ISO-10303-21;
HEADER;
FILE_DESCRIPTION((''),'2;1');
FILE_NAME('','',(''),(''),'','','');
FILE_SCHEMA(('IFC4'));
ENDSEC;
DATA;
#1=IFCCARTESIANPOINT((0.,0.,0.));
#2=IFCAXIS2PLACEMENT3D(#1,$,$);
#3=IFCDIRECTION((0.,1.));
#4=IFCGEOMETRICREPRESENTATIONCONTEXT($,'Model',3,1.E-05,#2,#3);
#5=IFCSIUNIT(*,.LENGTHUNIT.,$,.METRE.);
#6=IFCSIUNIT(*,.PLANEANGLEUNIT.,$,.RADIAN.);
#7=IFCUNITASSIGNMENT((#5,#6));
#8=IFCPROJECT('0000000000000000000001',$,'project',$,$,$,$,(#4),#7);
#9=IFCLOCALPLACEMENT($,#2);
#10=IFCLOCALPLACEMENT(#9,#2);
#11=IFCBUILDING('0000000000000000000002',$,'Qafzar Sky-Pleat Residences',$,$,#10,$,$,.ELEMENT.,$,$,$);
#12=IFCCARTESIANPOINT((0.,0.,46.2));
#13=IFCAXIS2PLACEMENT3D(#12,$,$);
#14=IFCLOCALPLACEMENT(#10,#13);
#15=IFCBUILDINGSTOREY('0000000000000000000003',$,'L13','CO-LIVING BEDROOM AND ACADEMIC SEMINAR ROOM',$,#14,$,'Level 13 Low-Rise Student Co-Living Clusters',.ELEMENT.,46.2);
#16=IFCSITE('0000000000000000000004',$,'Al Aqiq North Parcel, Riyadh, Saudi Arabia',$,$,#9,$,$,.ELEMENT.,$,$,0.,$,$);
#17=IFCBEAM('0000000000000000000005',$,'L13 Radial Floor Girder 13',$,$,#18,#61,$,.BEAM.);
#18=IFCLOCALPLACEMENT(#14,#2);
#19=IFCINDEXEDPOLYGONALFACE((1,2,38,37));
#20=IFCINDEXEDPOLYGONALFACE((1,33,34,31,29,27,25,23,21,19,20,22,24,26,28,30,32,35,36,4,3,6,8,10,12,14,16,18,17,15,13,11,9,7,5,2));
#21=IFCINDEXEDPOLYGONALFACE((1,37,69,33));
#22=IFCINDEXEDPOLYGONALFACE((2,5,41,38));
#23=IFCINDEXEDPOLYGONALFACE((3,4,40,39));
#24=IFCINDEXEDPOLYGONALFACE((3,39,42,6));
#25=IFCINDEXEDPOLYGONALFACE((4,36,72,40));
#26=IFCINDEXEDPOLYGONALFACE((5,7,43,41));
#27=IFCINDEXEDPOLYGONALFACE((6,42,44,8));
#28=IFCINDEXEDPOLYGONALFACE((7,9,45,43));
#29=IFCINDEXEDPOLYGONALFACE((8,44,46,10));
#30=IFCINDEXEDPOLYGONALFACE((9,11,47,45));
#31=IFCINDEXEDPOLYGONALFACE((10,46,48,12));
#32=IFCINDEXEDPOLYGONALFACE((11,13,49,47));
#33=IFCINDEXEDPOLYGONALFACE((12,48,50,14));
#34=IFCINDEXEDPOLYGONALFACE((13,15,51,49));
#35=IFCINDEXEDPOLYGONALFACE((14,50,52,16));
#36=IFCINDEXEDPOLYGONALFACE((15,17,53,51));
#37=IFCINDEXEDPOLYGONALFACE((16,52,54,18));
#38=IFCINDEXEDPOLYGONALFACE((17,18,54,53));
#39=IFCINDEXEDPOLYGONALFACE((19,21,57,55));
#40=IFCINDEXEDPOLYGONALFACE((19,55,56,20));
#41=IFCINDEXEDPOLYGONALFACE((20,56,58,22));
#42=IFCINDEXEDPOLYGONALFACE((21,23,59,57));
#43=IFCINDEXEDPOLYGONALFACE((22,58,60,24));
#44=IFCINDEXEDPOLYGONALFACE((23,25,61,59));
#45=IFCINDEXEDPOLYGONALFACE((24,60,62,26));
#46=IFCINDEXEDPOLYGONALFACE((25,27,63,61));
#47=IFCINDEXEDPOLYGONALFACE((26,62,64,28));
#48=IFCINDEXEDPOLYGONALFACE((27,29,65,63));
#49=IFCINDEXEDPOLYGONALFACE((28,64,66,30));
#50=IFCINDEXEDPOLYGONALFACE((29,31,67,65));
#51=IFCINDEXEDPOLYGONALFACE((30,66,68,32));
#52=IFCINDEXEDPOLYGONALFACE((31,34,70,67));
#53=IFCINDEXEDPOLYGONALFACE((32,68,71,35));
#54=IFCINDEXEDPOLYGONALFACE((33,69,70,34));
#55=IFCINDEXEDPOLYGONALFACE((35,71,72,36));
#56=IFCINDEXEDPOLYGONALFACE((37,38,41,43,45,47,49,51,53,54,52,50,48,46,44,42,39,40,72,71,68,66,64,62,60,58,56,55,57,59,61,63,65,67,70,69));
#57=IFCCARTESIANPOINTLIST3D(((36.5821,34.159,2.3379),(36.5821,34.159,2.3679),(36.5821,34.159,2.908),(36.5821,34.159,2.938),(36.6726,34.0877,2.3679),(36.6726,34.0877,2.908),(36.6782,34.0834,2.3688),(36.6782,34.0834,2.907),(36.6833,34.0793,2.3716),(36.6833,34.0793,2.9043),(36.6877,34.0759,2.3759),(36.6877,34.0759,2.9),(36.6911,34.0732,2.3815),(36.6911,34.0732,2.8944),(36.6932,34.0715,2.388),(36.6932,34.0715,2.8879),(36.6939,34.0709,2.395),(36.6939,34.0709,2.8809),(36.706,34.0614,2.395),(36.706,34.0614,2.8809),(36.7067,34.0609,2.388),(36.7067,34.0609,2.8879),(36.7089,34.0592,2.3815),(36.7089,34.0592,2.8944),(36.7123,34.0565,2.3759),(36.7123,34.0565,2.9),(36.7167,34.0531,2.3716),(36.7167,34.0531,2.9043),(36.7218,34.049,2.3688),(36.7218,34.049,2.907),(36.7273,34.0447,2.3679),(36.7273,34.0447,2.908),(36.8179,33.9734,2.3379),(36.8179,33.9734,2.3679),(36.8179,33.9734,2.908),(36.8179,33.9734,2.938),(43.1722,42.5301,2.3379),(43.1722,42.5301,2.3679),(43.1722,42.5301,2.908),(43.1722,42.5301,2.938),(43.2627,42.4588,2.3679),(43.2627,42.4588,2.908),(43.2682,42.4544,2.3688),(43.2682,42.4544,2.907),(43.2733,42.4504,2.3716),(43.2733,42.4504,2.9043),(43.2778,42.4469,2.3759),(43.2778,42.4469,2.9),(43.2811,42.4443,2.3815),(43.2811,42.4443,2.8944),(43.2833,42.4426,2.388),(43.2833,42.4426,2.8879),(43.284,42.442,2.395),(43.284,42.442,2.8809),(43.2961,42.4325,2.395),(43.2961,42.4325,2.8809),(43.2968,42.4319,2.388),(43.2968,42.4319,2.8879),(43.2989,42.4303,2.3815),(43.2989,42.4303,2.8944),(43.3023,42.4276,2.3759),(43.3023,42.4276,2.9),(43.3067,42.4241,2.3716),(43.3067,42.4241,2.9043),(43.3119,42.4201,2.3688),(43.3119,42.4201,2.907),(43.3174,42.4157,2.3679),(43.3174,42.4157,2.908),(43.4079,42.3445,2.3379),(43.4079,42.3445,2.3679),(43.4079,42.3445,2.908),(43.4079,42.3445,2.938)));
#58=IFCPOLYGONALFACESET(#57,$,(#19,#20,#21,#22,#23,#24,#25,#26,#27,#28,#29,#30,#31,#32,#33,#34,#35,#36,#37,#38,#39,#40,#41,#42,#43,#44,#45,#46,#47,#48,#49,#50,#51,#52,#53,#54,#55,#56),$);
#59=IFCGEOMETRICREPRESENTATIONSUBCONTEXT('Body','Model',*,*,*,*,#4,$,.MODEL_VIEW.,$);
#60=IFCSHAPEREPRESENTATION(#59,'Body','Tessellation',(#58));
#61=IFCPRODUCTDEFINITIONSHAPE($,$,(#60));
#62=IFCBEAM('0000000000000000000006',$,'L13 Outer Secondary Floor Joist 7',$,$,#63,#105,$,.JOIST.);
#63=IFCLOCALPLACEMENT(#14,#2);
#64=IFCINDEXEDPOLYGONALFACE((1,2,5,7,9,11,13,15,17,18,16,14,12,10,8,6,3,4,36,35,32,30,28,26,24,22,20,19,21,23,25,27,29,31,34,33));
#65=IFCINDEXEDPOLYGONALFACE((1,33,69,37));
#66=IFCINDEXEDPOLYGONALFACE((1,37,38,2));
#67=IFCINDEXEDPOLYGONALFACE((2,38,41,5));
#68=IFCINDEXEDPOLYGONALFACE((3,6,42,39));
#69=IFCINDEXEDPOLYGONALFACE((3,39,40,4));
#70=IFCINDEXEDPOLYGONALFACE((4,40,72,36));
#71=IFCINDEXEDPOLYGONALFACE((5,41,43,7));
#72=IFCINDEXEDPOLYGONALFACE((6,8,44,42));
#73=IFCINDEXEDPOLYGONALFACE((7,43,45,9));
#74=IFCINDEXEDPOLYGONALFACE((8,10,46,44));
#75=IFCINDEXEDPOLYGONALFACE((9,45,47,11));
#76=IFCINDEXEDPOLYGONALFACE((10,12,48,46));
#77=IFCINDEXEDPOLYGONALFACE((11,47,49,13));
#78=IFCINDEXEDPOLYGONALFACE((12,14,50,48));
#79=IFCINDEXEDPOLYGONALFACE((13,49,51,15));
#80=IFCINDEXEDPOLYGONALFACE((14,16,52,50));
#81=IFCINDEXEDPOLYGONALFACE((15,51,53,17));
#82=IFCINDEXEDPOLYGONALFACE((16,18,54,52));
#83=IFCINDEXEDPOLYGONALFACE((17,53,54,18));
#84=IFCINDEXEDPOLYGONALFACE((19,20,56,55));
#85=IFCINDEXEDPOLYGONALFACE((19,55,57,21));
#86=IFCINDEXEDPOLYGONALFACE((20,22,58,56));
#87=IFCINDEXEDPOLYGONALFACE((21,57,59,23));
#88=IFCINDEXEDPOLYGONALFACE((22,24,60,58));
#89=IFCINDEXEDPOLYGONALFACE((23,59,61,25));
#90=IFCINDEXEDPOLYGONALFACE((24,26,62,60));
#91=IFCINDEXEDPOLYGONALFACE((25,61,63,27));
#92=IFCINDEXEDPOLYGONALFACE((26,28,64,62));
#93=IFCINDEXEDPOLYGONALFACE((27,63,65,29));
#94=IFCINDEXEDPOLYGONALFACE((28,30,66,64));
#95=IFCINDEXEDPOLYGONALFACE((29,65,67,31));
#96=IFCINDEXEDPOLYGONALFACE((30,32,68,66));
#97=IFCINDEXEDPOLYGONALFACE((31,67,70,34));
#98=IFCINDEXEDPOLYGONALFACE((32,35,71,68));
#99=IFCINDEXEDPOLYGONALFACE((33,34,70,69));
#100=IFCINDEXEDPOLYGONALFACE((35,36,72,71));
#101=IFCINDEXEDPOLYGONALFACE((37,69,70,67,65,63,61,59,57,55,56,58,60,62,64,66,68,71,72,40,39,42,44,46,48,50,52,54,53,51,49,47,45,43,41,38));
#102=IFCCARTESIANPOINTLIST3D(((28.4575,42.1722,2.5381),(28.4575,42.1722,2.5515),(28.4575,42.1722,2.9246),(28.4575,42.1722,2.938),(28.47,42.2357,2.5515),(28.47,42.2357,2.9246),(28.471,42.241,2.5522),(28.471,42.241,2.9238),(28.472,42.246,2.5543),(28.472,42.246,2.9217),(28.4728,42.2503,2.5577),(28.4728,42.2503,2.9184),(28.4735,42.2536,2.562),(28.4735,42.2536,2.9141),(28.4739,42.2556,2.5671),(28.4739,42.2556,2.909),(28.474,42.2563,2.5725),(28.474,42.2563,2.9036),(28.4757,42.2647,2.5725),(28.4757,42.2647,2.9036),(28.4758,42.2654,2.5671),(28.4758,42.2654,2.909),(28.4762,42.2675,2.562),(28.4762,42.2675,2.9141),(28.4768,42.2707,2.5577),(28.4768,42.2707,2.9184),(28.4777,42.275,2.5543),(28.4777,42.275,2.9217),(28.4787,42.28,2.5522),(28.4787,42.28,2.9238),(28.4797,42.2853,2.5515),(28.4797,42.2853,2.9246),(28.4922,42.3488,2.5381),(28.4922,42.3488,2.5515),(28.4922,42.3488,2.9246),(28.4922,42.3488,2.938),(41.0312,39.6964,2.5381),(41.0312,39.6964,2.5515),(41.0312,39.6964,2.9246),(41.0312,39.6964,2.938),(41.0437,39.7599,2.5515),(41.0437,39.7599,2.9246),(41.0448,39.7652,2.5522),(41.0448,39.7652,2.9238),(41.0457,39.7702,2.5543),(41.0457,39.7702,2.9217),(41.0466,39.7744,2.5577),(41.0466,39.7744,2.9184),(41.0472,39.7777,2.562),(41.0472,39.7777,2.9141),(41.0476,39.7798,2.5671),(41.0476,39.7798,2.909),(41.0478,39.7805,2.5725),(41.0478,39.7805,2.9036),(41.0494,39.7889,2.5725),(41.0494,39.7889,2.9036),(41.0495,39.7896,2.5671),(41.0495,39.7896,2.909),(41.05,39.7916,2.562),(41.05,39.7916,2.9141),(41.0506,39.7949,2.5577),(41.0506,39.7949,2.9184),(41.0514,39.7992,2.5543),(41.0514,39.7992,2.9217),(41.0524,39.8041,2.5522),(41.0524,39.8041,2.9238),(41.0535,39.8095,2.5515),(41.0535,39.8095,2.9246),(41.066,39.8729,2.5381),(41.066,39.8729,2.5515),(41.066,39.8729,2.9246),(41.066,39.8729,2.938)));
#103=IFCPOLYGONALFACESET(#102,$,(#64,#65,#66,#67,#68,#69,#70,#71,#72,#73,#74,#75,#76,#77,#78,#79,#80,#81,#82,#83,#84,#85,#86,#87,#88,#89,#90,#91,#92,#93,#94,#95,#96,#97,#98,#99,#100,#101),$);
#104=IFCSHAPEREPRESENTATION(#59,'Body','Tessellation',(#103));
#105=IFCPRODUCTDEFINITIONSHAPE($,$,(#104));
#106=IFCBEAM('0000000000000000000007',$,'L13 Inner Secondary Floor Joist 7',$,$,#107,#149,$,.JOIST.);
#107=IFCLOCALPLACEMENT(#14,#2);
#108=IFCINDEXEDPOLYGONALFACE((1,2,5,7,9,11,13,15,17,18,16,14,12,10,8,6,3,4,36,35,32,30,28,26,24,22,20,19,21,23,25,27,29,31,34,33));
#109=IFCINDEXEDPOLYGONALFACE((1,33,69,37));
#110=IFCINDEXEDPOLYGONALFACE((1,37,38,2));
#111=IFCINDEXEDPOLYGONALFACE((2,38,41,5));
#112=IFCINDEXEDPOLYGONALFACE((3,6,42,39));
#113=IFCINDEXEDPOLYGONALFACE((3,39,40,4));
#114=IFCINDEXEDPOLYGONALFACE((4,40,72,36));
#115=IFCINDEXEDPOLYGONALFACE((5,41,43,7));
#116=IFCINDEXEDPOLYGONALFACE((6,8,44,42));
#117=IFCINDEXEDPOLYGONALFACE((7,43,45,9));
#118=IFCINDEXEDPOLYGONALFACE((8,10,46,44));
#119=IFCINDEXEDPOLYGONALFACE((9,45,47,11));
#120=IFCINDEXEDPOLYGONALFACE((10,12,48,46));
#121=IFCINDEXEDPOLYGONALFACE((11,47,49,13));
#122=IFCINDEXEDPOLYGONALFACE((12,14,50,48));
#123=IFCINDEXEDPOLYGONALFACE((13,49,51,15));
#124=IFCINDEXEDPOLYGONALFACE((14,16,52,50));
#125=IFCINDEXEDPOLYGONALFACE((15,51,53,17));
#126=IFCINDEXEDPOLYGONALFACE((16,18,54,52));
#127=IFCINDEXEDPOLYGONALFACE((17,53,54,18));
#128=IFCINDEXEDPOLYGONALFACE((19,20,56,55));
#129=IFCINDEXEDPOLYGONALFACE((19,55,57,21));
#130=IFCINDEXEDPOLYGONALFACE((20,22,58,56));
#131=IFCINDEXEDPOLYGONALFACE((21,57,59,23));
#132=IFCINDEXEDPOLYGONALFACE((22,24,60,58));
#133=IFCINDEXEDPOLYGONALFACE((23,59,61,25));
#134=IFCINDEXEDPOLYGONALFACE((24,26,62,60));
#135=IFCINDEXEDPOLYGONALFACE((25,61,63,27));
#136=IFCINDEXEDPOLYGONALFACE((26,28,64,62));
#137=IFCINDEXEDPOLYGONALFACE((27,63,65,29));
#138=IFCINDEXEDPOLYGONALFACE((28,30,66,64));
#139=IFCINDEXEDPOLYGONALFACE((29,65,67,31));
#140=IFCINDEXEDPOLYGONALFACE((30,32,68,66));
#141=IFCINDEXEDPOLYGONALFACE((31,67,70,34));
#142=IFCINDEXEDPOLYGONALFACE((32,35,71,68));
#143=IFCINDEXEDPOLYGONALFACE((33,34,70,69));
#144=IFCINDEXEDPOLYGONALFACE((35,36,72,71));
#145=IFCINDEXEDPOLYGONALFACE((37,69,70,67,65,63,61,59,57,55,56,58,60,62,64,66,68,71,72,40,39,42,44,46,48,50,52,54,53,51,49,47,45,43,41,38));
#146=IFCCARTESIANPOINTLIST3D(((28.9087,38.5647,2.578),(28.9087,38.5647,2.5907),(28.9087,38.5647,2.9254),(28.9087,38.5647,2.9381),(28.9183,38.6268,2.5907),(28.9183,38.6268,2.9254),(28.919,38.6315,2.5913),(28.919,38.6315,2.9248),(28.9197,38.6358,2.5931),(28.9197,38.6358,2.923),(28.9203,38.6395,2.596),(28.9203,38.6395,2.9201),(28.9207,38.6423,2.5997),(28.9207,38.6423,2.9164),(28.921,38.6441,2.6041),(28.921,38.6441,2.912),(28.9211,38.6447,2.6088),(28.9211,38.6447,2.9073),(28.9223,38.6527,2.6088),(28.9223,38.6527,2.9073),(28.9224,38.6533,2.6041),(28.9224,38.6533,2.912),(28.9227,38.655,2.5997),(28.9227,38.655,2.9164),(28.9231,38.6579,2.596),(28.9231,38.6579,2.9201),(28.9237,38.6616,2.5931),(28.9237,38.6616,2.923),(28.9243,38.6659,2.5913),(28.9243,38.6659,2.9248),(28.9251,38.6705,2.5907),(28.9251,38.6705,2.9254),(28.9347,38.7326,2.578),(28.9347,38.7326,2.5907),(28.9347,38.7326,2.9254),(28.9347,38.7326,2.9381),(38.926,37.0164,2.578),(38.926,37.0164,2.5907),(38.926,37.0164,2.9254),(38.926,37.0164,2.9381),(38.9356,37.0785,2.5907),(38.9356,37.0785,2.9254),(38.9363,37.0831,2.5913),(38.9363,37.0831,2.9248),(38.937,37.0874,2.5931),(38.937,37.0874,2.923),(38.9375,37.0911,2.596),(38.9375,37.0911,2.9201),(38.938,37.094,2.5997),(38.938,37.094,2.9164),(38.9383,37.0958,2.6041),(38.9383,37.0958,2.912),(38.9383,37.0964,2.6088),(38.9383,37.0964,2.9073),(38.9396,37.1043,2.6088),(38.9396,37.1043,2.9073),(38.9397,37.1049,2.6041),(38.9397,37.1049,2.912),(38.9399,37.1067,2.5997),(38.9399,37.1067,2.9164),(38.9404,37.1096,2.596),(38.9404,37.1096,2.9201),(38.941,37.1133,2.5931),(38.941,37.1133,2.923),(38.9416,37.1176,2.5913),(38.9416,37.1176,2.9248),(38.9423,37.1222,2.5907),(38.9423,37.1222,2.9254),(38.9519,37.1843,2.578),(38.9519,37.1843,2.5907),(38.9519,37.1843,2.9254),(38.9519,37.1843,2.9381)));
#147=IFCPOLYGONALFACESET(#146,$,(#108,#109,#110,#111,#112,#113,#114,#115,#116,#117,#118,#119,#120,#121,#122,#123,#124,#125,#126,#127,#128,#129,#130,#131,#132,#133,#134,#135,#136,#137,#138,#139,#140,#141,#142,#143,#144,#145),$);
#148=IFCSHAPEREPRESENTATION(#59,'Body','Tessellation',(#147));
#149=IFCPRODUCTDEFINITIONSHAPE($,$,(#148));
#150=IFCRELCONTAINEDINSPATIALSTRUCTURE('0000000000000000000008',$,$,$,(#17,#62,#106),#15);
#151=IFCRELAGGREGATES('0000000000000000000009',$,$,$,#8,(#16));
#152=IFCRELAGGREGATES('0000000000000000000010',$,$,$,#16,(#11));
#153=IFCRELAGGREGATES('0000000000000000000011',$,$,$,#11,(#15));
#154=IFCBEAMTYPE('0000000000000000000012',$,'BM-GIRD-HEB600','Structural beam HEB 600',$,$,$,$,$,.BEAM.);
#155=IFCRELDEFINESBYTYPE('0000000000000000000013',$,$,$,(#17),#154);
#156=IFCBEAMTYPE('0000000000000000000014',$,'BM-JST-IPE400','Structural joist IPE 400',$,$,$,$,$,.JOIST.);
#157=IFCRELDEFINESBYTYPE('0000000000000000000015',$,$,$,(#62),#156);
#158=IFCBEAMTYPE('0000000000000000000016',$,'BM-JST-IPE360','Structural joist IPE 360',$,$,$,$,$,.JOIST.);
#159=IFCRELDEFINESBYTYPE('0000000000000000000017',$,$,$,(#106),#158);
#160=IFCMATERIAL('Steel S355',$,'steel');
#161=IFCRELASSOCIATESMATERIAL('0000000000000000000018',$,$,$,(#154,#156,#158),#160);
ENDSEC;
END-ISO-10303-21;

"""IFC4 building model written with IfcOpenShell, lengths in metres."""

from ifc_helpers import new_model, si_unit, direction, frame, origin, origin_2d, place, context, subcontext, project, spatial, i_section, extrude, source, transform, mapped, material, material_profile, profile_set, type_object, element, save


model = new_model("IFC4")

# Units and contexts
model_context = context("Model", 3, precision=1e-05, world=origin(), true_north=direction((0.0, 1.0)))
body_context = subcontext(model_context, "Body", "Model", "MODEL_VIEW")
ifc_project = project(units=[si_unit("LENGTHUNIT", "METRE"), si_unit("PLANEANGLEUNIT", "RADIAN")], contexts=[model_context])

# Site, building, storey
site_placement = place(None, origin())
site = spatial("IfcSite", under=ifc_project, at=site_placement, Name="Al Aqiq North Parcel, Riyadh, Saudi Arabia", CompositionType="ELEMENT", RefElevation=0.0)
building_placement = place(site_placement, origin())
building = spatial("IfcBuilding", under=site, at=building_placement, Name="Qafzar Sky-Pleat Residences", CompositionType="ELEMENT")
storey_placement = place(building_placement, frame((0.0, 0.0, 46.2)))
storey = spatial("IfcBuildingStorey", under=building, at=storey_placement, Name="L13", Description="CO-LIVING BEDROOM AND ACADEMIC SEMINAR ROOM", LongName="Level 13 Low-Rise Student Co-Living Clusters", CompositionType="ELEMENT", Elevation=46.2)

# Beams
ifc_material_1 = material(Name="Steel S355", Category="steel")
ifc_material_profile_1 = material_profile(ifc_material_1, i_section(OverallWidth=0.3, OverallDepth=0.6001, WebThickness=0.0154, FlangeThickness=0.03, FilletRadius=0.0271, at=origin_2d()), Name="HEB 600")
ifc_profile_set_1 = profile_set([ifc_material_profile_1], Name="Steel S355")
beam_type_1 = type_object("IfcBeamType", Name="BM-GIRD-HEB600", Description="Structural beam HEB 600", PredefinedType="BEAM", material=ifc_profile_set_1)
shared_shape_1 = source(origin(), body_context, "Body", "SweptSolid", [
    extrude(i_section(OverallWidth=0.3, OverallDepth=0.6001, WebThickness=0.0154, FlangeThickness=0.03, FilletRadius=0.0271, at=origin_2d()), origin(), (0.0, 0.0, 1.0), 10.6538),
])
beam_1_placement = place(storey_placement, frame((43.29, 42.4373, 2.6379), z_axis=(-0.618564, -0.785734, 0.0), x_axis=(0.785734, -0.618564, 0.0)))
element("IfcBeam", 1, at=beam_1_placement, inside=storey, type_object=beam_type_1, Name="L13 Radial Floor Girder 13", PredefinedType="BEAM", context=body_context, shape_type="MappedRepresentation", body=[
    mapped(shared_shape_1, transform((0.0, 0.0, 0.0), x_axis=(1.0, 0.0, 0.0), y_axis=(0.0, 1.0, 0.0), z_axis=(0.0, 0.0, 1.0), scale=1.0)),
])
ifc_material_profile_2 = material_profile(ifc_material_1, i_section(OverallWidth=0.1799, OverallDepth=0.3999, WebThickness=0.0085, FlangeThickness=0.0134, FilletRadius=0.021, at=origin_2d()), Name="IPE 400")
ifc_profile_set_2 = profile_set([ifc_material_profile_2], Name="Steel S355")
beam_type_2 = type_object("IfcBeamType", Name="BM-JST-IPE400", Description="Structural joist IPE 400", PredefinedType="JOIST", material=ifc_profile_set_2)
shared_shape_2 = source(origin(), body_context, "Body", "SweptSolid", [
    extrude(i_section(OverallWidth=0.1799, OverallDepth=0.3999, WebThickness=0.0085, FlangeThickness=0.0134, FilletRadius=0.021, at=origin_2d()), origin(), (0.0, 0.0, 1.0), 12.8152),
])
beam_2_placement = place(storey_placement, frame((41.0486, 39.7847, 2.738), z_axis=(-0.98116, 0.193195, 0.0), x_axis=(-0.193195, -0.98116, 0.0)))
element("IfcBeam", 2, at=beam_2_placement, inside=storey, type_object=beam_type_2, Name="L13 Outer Secondary Floor Joist 7", PredefinedType="JOIST", context=body_context, shape_type="MappedRepresentation", body=[
    mapped(shared_shape_2, transform((0.0, 0.0, 0.0), x_axis=(1.0, 0.0, 0.0), y_axis=(0.0, 1.0, 0.0), z_axis=(0.0, 0.0, 1.0), scale=1.0)),
])
ifc_material_profile_3 = material_profile(ifc_material_1, i_section(OverallWidth=0.1699, OverallDepth=0.3601, WebThickness=0.0081, FlangeThickness=0.0127, FilletRadius=0.0181, at=origin_2d()), Name="IPE 360")
ifc_profile_set_3 = profile_set([ifc_material_profile_3], Name="Steel S355")
beam_type_3 = type_object("IfcBeamType", Name="BM-JST-IPE360", Description="Structural joist IPE 360", PredefinedType="JOIST", material=ifc_profile_set_3)
shared_shape_3 = source(origin(), body_context, "Body", "SweptSolid", [
    extrude(i_section(OverallWidth=0.1699, OverallDepth=0.3601, WebThickness=0.0081, FlangeThickness=0.0127, FilletRadius=0.0181, at=origin_2d()), origin(), (0.0, 0.0, 1.0), 10.1362),
])
beam_3_placement = place(storey_placement, frame((38.939, 37.1003, 2.7581), z_axis=(-0.988265, 0.152752, 0.0), x_axis=(-0.152752, -0.988265, 0.0)))
element("IfcBeam", 3, at=beam_3_placement, inside=storey, type_object=beam_type_3, Name="L13 Inner Secondary Floor Joist 7", PredefinedType="JOIST", context=body_context, shape_type="MappedRepresentation", body=[
    mapped(shared_shape_3, transform((0.0, 0.0, 0.0), x_axis=(1.0, 0.0, 0.0), y_axis=(0.0, 1.0, 0.0), z_axis=(0.0, 0.0, 1.0), scale=1.0)),
])

save(model, "model.ifc")
